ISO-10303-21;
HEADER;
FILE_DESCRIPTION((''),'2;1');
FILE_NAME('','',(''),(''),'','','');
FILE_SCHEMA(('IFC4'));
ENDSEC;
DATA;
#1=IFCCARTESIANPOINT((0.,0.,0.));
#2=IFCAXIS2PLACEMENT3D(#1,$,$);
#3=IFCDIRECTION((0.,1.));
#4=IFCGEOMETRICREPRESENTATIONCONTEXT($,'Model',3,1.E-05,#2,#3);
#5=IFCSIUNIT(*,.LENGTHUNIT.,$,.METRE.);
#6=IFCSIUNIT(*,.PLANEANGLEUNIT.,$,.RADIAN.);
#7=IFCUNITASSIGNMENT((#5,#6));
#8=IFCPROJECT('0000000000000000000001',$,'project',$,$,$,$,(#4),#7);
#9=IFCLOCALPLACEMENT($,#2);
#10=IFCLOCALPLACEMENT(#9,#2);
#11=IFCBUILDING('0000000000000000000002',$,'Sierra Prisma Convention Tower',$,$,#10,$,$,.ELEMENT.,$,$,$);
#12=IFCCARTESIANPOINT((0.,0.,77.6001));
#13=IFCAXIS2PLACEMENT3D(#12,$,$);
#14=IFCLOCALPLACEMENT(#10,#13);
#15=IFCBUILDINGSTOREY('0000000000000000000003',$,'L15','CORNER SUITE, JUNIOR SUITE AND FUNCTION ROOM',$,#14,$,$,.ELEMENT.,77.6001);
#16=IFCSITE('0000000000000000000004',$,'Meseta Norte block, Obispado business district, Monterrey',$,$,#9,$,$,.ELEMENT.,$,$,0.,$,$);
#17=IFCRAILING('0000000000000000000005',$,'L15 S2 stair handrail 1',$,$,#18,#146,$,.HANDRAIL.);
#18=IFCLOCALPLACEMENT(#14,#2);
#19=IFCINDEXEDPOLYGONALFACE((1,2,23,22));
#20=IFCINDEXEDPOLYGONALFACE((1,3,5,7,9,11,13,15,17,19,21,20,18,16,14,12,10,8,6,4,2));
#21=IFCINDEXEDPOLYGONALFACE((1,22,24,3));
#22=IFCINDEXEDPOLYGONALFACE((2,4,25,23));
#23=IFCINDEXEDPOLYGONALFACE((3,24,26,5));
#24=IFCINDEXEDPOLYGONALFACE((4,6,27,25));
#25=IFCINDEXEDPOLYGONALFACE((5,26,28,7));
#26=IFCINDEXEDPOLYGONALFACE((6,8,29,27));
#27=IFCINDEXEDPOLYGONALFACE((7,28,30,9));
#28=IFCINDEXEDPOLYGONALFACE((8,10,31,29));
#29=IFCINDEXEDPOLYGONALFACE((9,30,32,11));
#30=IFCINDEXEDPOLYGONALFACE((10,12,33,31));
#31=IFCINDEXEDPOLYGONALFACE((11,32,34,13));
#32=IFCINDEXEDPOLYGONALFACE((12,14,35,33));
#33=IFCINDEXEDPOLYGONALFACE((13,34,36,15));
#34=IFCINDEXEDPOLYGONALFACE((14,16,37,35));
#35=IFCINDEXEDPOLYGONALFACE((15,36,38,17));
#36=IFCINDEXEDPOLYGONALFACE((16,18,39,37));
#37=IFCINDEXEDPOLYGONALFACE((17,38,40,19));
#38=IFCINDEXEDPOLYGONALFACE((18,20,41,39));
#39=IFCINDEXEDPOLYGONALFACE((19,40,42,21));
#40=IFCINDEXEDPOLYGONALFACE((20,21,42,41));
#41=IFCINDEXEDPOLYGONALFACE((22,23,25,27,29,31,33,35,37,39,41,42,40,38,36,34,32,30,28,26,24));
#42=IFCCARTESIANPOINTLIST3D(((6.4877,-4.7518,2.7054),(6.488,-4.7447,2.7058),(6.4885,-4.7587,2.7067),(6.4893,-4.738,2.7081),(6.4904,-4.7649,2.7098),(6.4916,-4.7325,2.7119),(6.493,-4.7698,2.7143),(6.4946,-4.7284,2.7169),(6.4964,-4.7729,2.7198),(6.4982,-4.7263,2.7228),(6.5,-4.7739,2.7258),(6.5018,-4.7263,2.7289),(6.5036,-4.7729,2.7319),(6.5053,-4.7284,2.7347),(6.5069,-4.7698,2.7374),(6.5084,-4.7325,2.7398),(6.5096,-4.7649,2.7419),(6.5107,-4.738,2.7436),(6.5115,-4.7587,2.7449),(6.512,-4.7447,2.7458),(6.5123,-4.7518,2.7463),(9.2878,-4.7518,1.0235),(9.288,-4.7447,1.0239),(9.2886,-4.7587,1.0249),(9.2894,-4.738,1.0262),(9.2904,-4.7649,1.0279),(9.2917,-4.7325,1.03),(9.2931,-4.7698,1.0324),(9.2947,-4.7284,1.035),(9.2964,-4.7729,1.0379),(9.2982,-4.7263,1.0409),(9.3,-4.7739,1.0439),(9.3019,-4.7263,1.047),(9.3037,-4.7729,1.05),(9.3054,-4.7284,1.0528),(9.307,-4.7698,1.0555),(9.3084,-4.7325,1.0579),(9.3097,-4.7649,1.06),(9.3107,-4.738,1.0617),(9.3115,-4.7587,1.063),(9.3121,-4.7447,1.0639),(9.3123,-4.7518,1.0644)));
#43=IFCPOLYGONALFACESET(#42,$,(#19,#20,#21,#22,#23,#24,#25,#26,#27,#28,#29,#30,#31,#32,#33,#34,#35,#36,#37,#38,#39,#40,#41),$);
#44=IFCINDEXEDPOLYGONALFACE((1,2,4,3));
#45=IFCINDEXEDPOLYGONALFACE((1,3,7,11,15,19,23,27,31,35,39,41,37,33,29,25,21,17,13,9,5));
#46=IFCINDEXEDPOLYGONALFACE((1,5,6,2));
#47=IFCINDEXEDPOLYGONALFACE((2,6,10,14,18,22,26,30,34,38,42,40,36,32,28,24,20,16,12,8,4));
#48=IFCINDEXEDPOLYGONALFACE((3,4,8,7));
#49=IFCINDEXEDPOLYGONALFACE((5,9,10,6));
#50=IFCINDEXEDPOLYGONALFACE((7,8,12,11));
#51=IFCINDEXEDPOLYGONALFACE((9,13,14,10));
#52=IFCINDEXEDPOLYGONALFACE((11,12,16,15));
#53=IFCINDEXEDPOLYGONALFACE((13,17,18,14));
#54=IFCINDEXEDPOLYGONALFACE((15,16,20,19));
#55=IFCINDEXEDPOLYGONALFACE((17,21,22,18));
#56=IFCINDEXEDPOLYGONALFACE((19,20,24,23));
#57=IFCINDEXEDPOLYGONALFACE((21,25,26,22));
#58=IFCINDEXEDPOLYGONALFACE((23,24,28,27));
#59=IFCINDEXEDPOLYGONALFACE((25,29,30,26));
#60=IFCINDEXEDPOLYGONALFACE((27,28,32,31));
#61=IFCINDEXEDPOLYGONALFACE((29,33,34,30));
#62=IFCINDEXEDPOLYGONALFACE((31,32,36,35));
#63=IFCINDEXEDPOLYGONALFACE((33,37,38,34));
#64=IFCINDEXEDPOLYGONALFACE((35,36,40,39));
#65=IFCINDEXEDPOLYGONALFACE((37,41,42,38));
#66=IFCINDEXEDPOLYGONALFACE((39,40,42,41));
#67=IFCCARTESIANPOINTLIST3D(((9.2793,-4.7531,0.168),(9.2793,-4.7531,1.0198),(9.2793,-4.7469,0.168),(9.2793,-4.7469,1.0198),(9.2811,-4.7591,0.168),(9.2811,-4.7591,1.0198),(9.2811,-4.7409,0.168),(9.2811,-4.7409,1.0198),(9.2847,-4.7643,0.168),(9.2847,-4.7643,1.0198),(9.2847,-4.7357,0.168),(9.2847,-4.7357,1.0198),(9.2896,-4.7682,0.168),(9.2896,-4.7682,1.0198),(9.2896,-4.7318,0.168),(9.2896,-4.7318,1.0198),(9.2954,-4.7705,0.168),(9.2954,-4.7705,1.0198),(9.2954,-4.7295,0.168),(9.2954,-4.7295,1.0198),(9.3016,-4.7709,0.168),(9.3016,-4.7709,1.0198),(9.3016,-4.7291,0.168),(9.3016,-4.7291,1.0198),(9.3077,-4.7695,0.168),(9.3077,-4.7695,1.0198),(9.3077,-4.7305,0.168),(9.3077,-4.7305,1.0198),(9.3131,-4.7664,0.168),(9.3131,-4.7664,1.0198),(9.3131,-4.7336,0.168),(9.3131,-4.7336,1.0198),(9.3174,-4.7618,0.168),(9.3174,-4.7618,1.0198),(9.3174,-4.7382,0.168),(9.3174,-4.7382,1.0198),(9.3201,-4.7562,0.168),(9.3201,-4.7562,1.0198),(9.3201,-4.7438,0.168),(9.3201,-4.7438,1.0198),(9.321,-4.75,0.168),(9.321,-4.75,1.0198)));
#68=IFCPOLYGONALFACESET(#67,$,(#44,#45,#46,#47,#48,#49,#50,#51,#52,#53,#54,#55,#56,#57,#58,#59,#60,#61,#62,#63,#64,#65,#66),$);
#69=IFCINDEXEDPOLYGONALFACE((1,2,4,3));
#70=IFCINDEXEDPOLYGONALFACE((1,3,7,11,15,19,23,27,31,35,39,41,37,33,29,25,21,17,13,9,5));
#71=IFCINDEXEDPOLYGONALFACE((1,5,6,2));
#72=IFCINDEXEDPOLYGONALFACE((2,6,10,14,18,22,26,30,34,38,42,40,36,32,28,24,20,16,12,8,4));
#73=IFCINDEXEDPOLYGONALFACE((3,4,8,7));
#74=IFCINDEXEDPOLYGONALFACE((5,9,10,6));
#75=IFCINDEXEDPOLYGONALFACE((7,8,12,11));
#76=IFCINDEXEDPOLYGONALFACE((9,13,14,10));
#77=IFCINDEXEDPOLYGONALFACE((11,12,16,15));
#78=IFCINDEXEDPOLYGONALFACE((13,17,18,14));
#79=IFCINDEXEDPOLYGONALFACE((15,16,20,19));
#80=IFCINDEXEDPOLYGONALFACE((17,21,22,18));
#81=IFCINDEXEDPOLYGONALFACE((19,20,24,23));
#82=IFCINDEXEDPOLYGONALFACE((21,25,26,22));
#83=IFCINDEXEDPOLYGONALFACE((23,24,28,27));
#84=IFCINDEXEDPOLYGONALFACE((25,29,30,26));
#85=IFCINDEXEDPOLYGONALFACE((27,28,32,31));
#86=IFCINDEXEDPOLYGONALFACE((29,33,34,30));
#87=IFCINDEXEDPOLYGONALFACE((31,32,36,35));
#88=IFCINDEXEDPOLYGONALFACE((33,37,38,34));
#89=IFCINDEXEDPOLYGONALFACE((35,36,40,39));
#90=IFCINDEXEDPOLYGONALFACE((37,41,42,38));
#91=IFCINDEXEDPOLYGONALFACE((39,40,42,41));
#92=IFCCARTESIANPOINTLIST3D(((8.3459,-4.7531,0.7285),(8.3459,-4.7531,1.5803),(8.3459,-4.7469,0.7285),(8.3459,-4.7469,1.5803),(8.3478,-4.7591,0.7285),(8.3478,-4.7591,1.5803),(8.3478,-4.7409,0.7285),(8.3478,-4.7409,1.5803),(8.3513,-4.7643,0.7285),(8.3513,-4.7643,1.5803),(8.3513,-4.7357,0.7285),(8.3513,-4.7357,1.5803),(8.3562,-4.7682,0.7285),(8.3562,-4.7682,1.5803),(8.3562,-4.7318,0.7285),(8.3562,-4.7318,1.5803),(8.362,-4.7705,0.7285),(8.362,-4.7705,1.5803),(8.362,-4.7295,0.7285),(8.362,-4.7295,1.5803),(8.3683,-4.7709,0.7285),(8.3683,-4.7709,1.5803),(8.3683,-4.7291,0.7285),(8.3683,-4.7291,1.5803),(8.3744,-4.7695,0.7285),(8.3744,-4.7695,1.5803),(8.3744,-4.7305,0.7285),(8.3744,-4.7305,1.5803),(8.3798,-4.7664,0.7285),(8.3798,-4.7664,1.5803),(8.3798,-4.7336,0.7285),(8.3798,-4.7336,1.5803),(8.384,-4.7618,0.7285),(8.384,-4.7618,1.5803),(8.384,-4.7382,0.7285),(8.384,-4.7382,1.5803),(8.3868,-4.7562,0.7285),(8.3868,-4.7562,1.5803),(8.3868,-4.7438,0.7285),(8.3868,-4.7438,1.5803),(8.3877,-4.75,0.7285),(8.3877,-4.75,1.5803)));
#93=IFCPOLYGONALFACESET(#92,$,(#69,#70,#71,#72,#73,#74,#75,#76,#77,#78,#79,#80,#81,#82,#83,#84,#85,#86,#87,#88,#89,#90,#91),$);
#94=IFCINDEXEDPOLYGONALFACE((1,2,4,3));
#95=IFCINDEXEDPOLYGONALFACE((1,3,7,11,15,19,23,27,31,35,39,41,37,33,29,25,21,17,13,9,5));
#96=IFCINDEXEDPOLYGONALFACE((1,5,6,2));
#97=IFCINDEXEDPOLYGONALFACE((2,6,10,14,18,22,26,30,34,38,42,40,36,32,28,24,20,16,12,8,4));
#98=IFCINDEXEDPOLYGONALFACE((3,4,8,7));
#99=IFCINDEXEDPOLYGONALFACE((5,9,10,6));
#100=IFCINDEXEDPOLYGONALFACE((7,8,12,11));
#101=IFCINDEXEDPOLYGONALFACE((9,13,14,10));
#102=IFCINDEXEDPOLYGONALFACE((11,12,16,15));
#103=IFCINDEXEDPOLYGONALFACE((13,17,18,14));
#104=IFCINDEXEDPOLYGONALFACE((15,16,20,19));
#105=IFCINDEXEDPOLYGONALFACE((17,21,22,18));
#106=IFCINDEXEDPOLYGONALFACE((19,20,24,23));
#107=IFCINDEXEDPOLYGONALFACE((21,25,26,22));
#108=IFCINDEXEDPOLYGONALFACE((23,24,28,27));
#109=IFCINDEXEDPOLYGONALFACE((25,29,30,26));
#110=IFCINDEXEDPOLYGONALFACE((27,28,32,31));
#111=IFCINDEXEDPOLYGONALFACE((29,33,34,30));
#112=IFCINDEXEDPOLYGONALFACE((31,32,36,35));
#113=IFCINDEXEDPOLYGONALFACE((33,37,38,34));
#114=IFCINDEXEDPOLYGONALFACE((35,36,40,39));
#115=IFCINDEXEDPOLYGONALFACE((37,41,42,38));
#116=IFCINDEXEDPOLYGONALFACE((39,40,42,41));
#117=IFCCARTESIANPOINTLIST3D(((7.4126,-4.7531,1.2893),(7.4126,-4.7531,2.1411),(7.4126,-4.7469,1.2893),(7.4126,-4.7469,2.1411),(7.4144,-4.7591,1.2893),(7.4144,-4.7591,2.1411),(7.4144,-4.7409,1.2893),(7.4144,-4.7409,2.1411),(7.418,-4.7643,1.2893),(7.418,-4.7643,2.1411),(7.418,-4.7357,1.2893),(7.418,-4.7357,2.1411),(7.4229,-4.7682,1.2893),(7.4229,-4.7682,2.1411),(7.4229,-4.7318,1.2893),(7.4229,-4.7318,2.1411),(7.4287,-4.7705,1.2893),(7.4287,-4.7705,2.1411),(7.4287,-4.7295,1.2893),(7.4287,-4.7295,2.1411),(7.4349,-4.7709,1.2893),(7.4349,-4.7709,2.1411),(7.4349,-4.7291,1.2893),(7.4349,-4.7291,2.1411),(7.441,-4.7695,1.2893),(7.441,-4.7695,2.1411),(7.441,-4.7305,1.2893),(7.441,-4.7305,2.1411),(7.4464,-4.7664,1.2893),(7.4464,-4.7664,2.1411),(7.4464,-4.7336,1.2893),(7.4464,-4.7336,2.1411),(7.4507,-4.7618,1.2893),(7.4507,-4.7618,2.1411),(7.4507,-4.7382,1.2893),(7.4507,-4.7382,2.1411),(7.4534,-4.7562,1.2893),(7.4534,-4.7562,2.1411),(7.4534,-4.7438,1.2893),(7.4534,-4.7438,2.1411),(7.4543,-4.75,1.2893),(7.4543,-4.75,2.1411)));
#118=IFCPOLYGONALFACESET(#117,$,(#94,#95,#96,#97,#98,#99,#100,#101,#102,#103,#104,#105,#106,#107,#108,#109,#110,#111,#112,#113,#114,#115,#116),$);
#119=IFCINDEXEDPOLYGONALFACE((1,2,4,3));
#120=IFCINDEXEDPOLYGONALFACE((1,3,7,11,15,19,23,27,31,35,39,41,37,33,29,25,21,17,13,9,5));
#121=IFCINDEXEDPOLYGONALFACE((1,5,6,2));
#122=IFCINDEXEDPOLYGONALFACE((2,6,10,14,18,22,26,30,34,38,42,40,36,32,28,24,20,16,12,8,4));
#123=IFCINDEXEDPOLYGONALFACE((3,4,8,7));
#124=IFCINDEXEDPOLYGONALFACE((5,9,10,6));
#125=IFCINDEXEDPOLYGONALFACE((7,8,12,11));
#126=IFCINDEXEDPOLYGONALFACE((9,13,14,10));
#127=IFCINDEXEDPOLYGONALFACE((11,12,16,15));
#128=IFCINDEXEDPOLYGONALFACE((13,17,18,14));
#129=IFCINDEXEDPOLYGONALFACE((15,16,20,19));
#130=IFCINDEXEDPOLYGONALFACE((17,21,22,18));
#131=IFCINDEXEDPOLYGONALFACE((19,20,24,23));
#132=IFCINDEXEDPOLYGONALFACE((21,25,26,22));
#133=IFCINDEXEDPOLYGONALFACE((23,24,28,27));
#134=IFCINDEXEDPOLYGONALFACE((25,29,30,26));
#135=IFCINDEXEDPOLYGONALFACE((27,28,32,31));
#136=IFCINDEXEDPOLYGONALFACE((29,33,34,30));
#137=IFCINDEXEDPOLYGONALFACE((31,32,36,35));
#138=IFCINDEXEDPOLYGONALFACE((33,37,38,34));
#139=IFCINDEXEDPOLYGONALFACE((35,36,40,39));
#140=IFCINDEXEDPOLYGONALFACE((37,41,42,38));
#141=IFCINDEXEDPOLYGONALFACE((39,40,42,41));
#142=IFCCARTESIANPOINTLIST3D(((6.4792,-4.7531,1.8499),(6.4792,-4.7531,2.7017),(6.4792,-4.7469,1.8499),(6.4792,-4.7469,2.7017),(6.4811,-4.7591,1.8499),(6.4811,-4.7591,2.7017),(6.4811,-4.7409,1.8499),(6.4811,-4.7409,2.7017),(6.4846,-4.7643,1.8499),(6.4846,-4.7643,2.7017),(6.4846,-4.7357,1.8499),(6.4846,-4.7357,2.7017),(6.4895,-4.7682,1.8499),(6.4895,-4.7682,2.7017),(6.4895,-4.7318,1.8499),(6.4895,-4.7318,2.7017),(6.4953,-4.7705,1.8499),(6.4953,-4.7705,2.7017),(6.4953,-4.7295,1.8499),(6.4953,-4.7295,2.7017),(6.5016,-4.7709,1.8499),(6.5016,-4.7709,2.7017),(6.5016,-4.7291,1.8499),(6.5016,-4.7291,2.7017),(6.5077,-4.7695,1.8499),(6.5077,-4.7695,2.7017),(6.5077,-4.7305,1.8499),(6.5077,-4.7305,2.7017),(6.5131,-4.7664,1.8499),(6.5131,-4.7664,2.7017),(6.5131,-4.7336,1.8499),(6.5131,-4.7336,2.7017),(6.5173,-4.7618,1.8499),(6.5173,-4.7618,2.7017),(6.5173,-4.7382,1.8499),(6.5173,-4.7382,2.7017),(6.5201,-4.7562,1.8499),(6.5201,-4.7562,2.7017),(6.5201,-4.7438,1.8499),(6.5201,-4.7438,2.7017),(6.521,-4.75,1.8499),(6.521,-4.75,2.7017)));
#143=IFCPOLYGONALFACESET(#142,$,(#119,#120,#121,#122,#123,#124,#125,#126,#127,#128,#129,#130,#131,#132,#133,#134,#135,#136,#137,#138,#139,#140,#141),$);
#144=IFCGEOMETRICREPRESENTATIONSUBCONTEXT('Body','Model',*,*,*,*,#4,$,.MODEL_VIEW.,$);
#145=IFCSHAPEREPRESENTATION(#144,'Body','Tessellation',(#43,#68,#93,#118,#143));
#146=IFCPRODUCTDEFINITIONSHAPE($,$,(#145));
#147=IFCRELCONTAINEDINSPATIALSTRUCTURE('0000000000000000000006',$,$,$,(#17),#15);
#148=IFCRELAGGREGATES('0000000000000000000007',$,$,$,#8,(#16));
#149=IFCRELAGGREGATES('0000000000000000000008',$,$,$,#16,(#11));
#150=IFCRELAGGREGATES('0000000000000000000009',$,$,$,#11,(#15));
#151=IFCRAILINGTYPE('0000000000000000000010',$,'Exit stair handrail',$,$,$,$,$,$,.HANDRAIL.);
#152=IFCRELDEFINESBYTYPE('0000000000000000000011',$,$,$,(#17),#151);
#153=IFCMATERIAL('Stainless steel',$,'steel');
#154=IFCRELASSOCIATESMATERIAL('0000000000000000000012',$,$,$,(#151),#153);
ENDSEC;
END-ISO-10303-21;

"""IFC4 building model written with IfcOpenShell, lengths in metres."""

from ifc_helpers import new_model, si_unit, direction, frame, origin, origin_2d, place, context, subcontext, project, spatial, circle, extrude, material, type_object, element, save


model = new_model("IFC4")

# Units and contexts
model_context = context("Model", 3, precision=1e-05, world=origin(), true_north=direction((0.0, 1.0)))
body_context = subcontext(model_context, "Body", "Model", "MODEL_VIEW")
ifc_project = project(units=[si_unit("LENGTHUNIT", "METRE"), si_unit("PLANEANGLEUNIT", "RADIAN")], contexts=[model_context])

# Site, building, storey
site_placement = place(None, origin())
site = spatial("IfcSite", under=ifc_project, at=site_placement, Name="Meseta Norte block, Obispado business district, Monterrey", CompositionType="ELEMENT", RefElevation=0.0)
building_placement = place(site_placement, origin())
building = spatial("IfcBuilding", under=site, at=building_placement, Name="Sierra Prisma Convention Tower", CompositionType="ELEMENT")
storey_placement = place(building_placement, frame((0.0, 0.0, 77.6001)))
storey = spatial("IfcBuildingStorey", under=building, at=storey_placement, Name="L15", Description="CORNER SUITE, JUNIOR SUITE AND FUNCTION ROOM", CompositionType="ELEMENT", Elevation=77.6001)

# Railing
ifc_material_1 = material(Name="Stainless steel", Category="steel")
railing_type_1 = type_object("IfcRailingType", Name="Exit stair handrail", PredefinedType="HANDRAIL", material=ifc_material_1)
railing_1_placement = place(storey_placement, frame((9.3, -4.75, 0.168)))
element("IfcRailing", 1, at=railing_1_placement, inside=storey, type_object=railing_type_1, Name="L15 S2 stair handrail 1", PredefinedType="HANDRAIL", context=body_context, shape_type="SweptSolid", body=[
    extrude(circle(Radius=0.0239, at=origin_2d()), frame((0.0, 0.0, 0.876), z_axis=(-0.857242, 0.0, 0.514913), x_axis=(0.0, -1.0, 0.0)), (0.0, 0.0, 1.0), 3.2664),
    extrude(circle(Radius=0.021, at=origin_2d()), origin(), (0.0, 0.0, 1.0), 0.8518),
    extrude(circle(Radius=0.021, at=origin_2d()), frame((-0.9333, 0.0, 0.5605)), (0.0, 0.0, 1.0), 0.8518),
    extrude(circle(Radius=0.021, at=origin_2d()), frame((-1.8667, 0.0, 1.1213)), (0.0, 0.0, 1.0), 0.8518),
    extrude(circle(Radius=0.021, at=origin_2d()), frame((-2.8, 0.0, 1.6819)), (0.0, 0.0, 1.0), 0.8518),
])

save(model, "model.ifc")
